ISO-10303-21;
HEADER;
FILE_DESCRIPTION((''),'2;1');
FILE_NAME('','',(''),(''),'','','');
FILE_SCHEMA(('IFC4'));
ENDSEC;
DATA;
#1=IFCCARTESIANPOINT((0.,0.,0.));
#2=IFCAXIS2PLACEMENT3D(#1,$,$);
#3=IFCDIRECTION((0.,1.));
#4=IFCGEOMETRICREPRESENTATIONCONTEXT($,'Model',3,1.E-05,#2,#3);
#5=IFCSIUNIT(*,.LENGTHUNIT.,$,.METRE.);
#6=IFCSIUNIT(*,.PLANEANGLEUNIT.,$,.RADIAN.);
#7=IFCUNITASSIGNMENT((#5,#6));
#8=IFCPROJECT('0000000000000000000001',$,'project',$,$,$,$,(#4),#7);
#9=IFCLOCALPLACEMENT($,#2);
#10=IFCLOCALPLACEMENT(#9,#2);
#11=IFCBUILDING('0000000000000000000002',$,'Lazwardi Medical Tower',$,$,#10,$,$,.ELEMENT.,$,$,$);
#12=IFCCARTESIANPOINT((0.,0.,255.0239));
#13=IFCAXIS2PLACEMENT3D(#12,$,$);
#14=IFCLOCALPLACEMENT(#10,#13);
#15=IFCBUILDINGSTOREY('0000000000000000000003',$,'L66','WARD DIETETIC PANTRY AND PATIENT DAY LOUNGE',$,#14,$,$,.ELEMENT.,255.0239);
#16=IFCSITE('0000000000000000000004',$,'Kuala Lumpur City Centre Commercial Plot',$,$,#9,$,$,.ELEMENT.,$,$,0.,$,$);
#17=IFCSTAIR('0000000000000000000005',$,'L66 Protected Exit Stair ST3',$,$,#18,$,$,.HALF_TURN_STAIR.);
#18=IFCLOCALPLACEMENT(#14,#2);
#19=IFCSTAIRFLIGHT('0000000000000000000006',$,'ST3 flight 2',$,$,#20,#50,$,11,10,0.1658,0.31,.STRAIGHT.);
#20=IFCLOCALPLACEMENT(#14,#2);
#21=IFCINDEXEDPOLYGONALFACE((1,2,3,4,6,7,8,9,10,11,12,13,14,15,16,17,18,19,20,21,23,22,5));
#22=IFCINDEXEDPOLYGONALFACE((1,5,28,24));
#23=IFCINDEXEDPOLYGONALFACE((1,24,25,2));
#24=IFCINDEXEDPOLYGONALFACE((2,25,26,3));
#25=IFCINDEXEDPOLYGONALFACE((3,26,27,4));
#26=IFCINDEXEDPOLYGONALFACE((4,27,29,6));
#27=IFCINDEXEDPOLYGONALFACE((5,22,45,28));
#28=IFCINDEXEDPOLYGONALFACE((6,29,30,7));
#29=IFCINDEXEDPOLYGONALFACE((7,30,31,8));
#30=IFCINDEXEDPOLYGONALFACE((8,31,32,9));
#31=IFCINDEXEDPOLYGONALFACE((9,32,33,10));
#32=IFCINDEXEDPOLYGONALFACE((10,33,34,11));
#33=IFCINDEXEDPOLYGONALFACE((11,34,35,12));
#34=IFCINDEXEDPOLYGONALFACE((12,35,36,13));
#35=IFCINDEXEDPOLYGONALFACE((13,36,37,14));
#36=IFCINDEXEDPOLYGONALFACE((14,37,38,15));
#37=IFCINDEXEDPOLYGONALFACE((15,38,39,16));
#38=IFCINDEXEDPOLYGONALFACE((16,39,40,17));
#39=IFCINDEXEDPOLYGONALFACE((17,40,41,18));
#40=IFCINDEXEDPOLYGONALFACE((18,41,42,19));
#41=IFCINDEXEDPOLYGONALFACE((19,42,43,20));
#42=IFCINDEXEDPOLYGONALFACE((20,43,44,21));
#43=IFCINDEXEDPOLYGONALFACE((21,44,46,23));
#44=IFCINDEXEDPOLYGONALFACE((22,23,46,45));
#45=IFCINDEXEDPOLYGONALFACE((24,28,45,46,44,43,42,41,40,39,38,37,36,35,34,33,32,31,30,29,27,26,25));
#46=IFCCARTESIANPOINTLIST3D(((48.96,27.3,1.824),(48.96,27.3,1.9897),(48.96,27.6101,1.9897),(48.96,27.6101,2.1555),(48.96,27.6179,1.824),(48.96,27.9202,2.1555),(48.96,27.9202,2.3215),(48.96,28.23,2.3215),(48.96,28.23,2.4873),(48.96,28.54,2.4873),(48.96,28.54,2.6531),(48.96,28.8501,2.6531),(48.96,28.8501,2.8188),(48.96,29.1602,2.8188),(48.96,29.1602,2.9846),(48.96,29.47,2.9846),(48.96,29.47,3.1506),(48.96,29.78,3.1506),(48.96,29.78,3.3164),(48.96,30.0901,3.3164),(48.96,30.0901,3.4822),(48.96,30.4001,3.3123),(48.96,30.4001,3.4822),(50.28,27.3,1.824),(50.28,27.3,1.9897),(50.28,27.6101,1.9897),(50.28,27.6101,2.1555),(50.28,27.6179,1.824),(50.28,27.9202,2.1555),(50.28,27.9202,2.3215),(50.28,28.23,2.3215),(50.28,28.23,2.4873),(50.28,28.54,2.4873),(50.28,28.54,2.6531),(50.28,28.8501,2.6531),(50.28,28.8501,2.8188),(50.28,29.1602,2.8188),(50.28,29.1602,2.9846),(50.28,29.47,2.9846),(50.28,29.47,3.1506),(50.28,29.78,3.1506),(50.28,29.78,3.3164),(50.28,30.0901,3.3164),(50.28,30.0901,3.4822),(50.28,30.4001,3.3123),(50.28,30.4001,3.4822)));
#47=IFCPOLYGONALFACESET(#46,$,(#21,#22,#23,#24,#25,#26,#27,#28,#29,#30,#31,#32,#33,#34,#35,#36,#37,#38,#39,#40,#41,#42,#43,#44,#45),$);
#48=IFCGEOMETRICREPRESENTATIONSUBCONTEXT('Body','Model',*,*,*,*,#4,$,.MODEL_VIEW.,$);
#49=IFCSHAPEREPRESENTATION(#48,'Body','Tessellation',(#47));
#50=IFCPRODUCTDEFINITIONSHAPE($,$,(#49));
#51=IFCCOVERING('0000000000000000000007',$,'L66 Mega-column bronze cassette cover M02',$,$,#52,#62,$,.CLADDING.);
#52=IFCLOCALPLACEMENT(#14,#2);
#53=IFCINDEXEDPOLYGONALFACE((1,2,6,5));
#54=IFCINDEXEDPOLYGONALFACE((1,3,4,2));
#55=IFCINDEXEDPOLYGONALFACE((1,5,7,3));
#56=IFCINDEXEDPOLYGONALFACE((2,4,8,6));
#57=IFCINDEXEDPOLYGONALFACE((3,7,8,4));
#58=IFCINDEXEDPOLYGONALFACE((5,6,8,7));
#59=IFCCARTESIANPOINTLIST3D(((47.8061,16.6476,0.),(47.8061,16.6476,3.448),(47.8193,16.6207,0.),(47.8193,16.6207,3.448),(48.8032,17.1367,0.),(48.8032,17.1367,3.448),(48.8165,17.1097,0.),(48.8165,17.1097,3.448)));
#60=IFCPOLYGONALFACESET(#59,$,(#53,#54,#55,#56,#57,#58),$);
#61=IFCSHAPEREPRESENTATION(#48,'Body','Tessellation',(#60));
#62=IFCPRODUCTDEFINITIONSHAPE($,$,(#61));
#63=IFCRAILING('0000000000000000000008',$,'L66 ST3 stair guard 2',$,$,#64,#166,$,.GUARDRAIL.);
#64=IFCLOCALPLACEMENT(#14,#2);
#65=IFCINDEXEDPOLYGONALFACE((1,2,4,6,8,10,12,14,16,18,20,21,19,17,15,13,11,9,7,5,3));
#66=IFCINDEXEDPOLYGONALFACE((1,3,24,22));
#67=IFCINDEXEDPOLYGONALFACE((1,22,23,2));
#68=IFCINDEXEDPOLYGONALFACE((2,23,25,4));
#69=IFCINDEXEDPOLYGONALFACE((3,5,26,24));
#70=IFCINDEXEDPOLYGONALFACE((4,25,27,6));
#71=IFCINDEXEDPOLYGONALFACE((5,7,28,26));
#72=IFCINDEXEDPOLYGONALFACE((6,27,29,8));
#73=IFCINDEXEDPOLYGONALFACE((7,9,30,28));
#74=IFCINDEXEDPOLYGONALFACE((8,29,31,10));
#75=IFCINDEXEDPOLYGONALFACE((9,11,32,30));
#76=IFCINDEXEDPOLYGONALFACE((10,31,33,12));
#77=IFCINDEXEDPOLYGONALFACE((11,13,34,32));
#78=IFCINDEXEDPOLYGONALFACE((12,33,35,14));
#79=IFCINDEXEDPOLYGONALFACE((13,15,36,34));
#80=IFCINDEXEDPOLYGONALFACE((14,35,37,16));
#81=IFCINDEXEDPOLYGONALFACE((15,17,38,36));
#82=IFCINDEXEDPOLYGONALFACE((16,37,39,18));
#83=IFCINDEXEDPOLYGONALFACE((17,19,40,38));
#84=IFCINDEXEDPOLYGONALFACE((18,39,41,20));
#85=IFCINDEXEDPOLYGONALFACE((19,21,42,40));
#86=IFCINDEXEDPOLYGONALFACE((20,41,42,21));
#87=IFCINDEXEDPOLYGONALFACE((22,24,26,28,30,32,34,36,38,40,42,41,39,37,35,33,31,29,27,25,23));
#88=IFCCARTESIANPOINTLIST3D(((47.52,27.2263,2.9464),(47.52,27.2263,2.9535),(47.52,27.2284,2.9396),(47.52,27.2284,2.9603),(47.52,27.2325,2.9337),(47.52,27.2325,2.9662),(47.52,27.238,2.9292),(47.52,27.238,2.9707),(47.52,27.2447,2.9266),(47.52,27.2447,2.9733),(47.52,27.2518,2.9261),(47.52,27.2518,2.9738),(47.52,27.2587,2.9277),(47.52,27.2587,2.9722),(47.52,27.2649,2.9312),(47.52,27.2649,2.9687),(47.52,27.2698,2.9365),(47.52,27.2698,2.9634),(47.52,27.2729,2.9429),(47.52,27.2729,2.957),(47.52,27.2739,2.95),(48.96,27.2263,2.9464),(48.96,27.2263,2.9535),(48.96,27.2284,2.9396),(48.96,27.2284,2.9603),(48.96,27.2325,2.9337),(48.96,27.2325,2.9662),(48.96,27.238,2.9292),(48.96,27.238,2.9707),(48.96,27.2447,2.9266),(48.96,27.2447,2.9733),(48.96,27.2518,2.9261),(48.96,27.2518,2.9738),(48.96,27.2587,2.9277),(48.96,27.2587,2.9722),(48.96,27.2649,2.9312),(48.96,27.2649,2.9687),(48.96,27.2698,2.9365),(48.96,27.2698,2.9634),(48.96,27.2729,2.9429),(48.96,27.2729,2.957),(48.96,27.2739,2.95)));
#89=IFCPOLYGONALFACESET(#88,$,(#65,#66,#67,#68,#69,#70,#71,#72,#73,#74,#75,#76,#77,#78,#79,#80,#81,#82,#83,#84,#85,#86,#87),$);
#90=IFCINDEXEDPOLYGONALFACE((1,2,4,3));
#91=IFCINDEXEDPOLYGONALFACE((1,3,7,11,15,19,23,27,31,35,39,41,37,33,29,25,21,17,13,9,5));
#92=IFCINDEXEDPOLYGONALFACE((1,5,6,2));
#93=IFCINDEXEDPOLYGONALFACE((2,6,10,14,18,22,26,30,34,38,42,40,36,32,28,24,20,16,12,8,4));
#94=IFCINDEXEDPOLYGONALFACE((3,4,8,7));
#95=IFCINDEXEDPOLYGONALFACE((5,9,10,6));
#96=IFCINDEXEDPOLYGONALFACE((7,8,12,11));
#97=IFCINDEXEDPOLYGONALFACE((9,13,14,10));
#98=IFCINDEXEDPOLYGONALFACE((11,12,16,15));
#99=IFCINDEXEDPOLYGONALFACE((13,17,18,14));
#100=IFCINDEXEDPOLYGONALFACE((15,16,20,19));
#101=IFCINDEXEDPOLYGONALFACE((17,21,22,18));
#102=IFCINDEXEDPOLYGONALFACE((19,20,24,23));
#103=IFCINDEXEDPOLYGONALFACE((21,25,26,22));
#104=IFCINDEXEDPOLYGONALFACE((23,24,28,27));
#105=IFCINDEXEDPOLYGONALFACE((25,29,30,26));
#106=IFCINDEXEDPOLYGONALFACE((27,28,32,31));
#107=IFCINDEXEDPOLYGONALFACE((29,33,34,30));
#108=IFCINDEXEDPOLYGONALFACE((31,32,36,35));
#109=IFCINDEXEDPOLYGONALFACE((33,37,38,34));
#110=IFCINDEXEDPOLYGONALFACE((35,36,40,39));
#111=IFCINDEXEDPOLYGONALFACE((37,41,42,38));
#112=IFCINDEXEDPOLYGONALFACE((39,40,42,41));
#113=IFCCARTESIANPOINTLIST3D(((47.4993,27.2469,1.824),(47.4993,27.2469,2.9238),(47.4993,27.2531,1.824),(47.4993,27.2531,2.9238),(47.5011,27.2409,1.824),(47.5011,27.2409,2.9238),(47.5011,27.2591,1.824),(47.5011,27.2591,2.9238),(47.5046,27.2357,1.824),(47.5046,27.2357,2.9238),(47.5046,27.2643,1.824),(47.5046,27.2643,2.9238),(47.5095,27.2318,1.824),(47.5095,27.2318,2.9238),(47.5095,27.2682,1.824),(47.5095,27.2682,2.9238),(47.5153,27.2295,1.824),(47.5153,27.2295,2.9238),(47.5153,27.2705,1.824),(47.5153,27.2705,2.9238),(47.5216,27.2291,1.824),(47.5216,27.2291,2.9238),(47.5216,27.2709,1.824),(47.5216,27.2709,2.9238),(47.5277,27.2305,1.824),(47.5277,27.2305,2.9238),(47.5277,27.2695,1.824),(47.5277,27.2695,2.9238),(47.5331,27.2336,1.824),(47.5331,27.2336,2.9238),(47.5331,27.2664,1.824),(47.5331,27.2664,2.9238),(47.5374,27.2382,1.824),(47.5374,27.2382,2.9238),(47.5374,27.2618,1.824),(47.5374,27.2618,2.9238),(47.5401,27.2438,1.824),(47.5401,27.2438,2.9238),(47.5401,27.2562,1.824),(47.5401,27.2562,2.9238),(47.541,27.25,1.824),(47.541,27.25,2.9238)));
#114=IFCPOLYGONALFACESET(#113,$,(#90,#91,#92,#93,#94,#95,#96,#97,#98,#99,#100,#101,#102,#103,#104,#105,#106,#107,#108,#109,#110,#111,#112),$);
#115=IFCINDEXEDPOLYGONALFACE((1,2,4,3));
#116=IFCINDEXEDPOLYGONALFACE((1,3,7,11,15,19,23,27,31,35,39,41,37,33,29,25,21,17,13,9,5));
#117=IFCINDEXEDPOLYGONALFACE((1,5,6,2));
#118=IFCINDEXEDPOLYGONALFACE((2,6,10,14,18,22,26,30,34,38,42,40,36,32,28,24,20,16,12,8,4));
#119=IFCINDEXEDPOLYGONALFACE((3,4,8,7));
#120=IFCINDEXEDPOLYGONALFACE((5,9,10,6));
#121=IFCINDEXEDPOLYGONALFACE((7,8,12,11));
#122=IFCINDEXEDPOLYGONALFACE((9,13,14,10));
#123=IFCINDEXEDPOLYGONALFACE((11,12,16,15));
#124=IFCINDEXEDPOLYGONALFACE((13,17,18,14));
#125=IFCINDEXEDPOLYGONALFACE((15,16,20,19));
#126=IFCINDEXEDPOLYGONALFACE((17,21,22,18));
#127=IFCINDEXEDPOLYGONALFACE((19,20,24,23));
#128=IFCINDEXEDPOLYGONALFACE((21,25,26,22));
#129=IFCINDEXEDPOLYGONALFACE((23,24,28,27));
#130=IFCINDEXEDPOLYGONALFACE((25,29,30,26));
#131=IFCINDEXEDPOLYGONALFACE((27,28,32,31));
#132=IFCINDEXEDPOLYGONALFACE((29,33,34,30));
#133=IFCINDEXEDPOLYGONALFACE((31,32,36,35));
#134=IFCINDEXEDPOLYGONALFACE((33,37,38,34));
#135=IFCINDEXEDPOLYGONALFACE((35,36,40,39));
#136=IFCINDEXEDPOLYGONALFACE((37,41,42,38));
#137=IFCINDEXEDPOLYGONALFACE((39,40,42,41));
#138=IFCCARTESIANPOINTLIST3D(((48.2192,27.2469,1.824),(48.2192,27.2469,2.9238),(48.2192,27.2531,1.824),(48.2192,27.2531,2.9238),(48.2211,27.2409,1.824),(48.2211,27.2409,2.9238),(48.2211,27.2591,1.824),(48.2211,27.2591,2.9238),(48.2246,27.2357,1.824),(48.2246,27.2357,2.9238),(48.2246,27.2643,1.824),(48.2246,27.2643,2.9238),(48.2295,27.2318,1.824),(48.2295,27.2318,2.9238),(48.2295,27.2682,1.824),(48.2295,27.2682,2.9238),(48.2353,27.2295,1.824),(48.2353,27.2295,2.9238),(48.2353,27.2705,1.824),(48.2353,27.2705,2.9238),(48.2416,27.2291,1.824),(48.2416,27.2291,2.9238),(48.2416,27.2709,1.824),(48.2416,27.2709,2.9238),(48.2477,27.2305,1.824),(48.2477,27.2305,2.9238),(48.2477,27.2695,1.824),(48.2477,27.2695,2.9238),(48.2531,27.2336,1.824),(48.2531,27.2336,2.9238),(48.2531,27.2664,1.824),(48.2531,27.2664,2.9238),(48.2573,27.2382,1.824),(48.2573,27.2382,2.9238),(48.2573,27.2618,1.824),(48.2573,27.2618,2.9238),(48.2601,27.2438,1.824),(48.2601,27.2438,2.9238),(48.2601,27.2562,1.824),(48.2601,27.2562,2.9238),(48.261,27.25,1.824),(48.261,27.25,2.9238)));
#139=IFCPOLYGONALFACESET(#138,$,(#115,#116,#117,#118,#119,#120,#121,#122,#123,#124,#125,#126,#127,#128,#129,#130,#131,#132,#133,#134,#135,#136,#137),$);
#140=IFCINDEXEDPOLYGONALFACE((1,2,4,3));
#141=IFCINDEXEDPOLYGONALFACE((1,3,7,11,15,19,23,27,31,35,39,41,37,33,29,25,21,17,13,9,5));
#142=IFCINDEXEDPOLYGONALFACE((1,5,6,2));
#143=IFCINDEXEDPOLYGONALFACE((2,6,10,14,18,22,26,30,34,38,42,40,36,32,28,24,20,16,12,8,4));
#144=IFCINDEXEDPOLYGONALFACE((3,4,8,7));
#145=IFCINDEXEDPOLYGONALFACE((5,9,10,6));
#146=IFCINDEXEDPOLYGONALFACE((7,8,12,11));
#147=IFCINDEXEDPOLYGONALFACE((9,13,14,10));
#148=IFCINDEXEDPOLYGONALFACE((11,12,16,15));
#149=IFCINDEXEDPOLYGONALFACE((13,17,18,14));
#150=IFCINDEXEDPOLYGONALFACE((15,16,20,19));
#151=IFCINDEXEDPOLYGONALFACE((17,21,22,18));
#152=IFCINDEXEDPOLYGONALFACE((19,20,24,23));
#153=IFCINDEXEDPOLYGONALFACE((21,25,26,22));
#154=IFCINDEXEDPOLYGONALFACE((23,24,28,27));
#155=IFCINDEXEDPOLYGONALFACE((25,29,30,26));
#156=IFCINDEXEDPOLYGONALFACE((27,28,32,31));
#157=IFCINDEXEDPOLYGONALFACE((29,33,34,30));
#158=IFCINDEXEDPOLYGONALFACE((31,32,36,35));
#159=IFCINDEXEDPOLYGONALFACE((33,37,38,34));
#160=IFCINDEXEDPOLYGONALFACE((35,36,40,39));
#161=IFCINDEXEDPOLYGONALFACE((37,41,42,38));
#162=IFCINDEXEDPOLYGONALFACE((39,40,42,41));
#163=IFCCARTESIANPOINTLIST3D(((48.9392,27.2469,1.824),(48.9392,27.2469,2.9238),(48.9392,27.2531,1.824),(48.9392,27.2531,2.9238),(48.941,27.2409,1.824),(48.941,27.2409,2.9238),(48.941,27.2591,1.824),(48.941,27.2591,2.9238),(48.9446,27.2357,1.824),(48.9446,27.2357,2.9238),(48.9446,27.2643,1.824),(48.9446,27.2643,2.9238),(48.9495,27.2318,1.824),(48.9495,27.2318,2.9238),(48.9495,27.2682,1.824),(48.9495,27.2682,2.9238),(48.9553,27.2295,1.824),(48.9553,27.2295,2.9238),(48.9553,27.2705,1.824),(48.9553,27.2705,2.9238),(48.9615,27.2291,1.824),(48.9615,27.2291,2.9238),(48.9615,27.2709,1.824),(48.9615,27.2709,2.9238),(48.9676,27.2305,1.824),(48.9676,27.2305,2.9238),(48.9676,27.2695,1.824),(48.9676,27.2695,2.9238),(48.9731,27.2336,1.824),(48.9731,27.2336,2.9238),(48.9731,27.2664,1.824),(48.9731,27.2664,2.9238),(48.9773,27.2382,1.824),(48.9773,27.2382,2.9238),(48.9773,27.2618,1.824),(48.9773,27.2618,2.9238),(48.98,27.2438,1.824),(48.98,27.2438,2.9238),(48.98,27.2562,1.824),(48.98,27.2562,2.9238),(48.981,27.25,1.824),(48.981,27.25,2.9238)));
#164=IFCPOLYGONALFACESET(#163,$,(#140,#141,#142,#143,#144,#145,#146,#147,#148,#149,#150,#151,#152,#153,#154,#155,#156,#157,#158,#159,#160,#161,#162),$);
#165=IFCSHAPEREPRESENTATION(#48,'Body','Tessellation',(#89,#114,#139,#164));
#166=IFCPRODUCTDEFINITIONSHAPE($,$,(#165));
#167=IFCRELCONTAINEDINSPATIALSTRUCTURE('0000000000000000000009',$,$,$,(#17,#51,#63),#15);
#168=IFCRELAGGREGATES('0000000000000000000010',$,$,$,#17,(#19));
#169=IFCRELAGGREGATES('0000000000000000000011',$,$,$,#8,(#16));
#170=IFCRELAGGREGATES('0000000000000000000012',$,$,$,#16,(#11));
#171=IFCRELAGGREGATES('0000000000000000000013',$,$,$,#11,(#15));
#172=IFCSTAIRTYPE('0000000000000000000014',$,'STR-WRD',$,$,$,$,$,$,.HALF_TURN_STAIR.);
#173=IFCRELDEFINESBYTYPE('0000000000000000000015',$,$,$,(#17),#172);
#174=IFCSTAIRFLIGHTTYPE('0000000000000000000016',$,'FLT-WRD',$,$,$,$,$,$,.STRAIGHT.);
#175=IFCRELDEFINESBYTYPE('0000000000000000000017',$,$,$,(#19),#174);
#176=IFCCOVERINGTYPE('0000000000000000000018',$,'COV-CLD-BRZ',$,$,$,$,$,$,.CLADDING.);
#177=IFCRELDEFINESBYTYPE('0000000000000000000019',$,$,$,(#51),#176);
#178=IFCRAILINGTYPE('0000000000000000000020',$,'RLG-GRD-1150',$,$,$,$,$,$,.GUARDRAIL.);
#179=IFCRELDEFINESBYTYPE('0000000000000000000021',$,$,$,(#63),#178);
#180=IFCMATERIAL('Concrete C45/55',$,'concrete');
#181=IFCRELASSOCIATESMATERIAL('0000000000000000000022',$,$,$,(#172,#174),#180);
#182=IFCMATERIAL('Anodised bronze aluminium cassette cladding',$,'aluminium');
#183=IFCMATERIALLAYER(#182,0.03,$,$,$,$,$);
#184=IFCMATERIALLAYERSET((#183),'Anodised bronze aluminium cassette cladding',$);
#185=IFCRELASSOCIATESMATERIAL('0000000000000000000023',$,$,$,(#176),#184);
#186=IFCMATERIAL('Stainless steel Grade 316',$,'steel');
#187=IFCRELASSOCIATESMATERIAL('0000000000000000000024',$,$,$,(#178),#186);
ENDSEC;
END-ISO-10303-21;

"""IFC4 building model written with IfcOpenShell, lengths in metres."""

from ifc_helpers import new_model, si_unit, direction, frame, origin, origin_2d, place, context, subcontext, project, spatial, polyline, rectangle, circle, outline, extrude, material, layer, layer_set, type_object, element, aggregate, save


model = new_model("IFC4")

# Units and contexts
model_context = context("Model", 3, precision=1e-05, world=origin(), true_north=direction((0.0, 1.0)))
body_context = subcontext(model_context, "Body", "Model", "MODEL_VIEW")
ifc_project = project(units=[si_unit("LENGTHUNIT", "METRE"), si_unit("PLANEANGLEUNIT", "RADIAN")], contexts=[model_context])

# Site, building, storey
site_placement = place(None, origin())
site = spatial("IfcSite", under=ifc_project, at=site_placement, Name="Kuala Lumpur City Centre Commercial Plot", CompositionType="ELEMENT", RefElevation=0.0)
building_placement = place(site_placement, origin())
building = spatial("IfcBuilding", under=site, at=building_placement, Name="Lazwardi Medical Tower", CompositionType="ELEMENT")
storey_placement = place(building_placement, frame((0.0, 0.0, 255.0239)))
storey = spatial("IfcBuildingStorey", under=building, at=storey_placement, Name="L66", Description="WARD DIETETIC PANTRY AND PATIENT DAY LOUNGE", CompositionType="ELEMENT", Elevation=255.0239)

# Stair, stair flight
ifc_material_1 = material(Name="Concrete C45/55", Category="concrete")
stair_type = type_object("IfcStairType", Name="STR-WRD", PredefinedType="HALF_TURN_STAIR", material=ifc_material_1)
stair_placement = place(storey_placement, origin())
stair = element("IfcStair", 1, at=stair_placement, inside=storey, type_object=stair_type, Name="L66 Protected Exit Stair ST3", PredefinedType="HALF_TURN_STAIR")
stair_flight_type = type_object("IfcStairFlightType", Name="FLT-WRD", PredefinedType="STRAIGHT", material=ifc_material_1)
stair_flight_placement = place(storey_placement, frame((49.6201, 27.3, 1.824), z_axis=(0.0, 0.0, 1.0), x_axis=(0.0, 1.0, 0.0)))
stair_flight = element("IfcStairFlight", 2, at=stair_flight_placement, type_object=stair_flight_type, Name="ST3 flight 2", NumberOfRisers=11, NumberOfTreads=10, PredefinedType="STRAIGHT", RiserHeight=0.1658, TreadLength=0.31, context=body_context, shape_type="SweptSolid", body=[
    extrude(outline(polyline([(0.0, 0.0), (0.0, 0.1658), (0.3101, 0.1658), (0.3101, 0.3315), (0.6201, 0.3315), (0.6201, 0.4976), (0.9299, 0.4976), (0.9299, 0.6633), (1.24, 0.6633), (1.24, 0.8291), (1.55, 0.8291), (1.55, 0.9949), (1.8601, 0.9949), (1.8601, 1.1606), (2.1699, 1.1606), (2.1699, 1.3267), (2.48, 1.3267), (2.48, 1.4924), (2.79, 1.4924), (2.79, 1.6582), (3.1001, 1.6582), (3.1001, 1.824), (3.1001, 1.4883), (0.3179, 0.0), (0.0, 0.0)])), frame((0.0, 0.6602, 0.0), z_axis=(0.0, -1.0, 0.0), x_axis=(1.0, 0.0, 0.0)), (0.0, 0.0, 1.0), 1.3201),
])
aggregate(stair, [stair_flight])

# Covering
ifc_material_2 = material(Name="Anodised bronze aluminium cassette cladding", Category="aluminium")
ifc_layer_1 = layer(ifc_material_2, 0.03)
ifc_layer_set_1 = layer_set([ifc_layer_1], Name="Anodised bronze aluminium cassette cladding")
covering_type = type_object("IfcCoveringType", Name="COV-CLD-BRZ", PredefinedType="CLADDING", material=ifc_layer_set_1)
covering_placement = place(storey_placement, frame((48.3113, 16.8787, 0.0), z_axis=(0.0, 0.0, 1.0), x_axis=(0.89784, 0.440322, 0.0)))
element("IfcCovering", 3, at=covering_placement, inside=storey, type_object=covering_type, Name="L66 Mega-column bronze cassette cover M02", PredefinedType="CLADDING", context=body_context, shape_type="SweptSolid", body=[
    extrude(rectangle(XDim=1.1106, YDim=0.03, at=origin_2d()), origin(), (0.0, 0.0, 1.0), 3.448),
])

# Railing
ifc_material_3 = material(Name="Stainless steel Grade 316", Category="steel")
railing_type_1 = type_object("IfcRailingType", Name="RLG-GRD-1150", PredefinedType="GUARDRAIL", material=ifc_material_3)
railing_1_placement = place(storey_placement, frame((47.52, 27.25, 1.824)))
element("IfcRailing", 4, at=railing_1_placement, inside=storey, type_object=railing_type_1, Name="L66 ST3 stair guard 2", PredefinedType="GUARDRAIL", context=body_context, shape_type="SweptSolid", body=[
    extrude(circle(Radius=0.0239, at=origin_2d()), frame((0.0, 0.0, 1.126), z_axis=(1.0, 0.0, 0.0), x_axis=(0.0, 1.0, 0.0)), (0.0, 0.0, 1.0), 1.4399),
    extrude(circle(Radius=0.021, at=origin_2d()), origin(), (0.0, 0.0, 1.0), 1.0999),
    extrude(circle(Radius=0.021, at=origin_2d()), frame((0.72, 0.0, 0.0)), (0.0, 0.0, 1.0), 1.0999),
    extrude(circle(Radius=0.021, at=origin_2d()), frame((1.4399, 0.0, 0.0)), (0.0, 0.0, 1.0), 1.0999),
])

save(model, "model.ifc")
